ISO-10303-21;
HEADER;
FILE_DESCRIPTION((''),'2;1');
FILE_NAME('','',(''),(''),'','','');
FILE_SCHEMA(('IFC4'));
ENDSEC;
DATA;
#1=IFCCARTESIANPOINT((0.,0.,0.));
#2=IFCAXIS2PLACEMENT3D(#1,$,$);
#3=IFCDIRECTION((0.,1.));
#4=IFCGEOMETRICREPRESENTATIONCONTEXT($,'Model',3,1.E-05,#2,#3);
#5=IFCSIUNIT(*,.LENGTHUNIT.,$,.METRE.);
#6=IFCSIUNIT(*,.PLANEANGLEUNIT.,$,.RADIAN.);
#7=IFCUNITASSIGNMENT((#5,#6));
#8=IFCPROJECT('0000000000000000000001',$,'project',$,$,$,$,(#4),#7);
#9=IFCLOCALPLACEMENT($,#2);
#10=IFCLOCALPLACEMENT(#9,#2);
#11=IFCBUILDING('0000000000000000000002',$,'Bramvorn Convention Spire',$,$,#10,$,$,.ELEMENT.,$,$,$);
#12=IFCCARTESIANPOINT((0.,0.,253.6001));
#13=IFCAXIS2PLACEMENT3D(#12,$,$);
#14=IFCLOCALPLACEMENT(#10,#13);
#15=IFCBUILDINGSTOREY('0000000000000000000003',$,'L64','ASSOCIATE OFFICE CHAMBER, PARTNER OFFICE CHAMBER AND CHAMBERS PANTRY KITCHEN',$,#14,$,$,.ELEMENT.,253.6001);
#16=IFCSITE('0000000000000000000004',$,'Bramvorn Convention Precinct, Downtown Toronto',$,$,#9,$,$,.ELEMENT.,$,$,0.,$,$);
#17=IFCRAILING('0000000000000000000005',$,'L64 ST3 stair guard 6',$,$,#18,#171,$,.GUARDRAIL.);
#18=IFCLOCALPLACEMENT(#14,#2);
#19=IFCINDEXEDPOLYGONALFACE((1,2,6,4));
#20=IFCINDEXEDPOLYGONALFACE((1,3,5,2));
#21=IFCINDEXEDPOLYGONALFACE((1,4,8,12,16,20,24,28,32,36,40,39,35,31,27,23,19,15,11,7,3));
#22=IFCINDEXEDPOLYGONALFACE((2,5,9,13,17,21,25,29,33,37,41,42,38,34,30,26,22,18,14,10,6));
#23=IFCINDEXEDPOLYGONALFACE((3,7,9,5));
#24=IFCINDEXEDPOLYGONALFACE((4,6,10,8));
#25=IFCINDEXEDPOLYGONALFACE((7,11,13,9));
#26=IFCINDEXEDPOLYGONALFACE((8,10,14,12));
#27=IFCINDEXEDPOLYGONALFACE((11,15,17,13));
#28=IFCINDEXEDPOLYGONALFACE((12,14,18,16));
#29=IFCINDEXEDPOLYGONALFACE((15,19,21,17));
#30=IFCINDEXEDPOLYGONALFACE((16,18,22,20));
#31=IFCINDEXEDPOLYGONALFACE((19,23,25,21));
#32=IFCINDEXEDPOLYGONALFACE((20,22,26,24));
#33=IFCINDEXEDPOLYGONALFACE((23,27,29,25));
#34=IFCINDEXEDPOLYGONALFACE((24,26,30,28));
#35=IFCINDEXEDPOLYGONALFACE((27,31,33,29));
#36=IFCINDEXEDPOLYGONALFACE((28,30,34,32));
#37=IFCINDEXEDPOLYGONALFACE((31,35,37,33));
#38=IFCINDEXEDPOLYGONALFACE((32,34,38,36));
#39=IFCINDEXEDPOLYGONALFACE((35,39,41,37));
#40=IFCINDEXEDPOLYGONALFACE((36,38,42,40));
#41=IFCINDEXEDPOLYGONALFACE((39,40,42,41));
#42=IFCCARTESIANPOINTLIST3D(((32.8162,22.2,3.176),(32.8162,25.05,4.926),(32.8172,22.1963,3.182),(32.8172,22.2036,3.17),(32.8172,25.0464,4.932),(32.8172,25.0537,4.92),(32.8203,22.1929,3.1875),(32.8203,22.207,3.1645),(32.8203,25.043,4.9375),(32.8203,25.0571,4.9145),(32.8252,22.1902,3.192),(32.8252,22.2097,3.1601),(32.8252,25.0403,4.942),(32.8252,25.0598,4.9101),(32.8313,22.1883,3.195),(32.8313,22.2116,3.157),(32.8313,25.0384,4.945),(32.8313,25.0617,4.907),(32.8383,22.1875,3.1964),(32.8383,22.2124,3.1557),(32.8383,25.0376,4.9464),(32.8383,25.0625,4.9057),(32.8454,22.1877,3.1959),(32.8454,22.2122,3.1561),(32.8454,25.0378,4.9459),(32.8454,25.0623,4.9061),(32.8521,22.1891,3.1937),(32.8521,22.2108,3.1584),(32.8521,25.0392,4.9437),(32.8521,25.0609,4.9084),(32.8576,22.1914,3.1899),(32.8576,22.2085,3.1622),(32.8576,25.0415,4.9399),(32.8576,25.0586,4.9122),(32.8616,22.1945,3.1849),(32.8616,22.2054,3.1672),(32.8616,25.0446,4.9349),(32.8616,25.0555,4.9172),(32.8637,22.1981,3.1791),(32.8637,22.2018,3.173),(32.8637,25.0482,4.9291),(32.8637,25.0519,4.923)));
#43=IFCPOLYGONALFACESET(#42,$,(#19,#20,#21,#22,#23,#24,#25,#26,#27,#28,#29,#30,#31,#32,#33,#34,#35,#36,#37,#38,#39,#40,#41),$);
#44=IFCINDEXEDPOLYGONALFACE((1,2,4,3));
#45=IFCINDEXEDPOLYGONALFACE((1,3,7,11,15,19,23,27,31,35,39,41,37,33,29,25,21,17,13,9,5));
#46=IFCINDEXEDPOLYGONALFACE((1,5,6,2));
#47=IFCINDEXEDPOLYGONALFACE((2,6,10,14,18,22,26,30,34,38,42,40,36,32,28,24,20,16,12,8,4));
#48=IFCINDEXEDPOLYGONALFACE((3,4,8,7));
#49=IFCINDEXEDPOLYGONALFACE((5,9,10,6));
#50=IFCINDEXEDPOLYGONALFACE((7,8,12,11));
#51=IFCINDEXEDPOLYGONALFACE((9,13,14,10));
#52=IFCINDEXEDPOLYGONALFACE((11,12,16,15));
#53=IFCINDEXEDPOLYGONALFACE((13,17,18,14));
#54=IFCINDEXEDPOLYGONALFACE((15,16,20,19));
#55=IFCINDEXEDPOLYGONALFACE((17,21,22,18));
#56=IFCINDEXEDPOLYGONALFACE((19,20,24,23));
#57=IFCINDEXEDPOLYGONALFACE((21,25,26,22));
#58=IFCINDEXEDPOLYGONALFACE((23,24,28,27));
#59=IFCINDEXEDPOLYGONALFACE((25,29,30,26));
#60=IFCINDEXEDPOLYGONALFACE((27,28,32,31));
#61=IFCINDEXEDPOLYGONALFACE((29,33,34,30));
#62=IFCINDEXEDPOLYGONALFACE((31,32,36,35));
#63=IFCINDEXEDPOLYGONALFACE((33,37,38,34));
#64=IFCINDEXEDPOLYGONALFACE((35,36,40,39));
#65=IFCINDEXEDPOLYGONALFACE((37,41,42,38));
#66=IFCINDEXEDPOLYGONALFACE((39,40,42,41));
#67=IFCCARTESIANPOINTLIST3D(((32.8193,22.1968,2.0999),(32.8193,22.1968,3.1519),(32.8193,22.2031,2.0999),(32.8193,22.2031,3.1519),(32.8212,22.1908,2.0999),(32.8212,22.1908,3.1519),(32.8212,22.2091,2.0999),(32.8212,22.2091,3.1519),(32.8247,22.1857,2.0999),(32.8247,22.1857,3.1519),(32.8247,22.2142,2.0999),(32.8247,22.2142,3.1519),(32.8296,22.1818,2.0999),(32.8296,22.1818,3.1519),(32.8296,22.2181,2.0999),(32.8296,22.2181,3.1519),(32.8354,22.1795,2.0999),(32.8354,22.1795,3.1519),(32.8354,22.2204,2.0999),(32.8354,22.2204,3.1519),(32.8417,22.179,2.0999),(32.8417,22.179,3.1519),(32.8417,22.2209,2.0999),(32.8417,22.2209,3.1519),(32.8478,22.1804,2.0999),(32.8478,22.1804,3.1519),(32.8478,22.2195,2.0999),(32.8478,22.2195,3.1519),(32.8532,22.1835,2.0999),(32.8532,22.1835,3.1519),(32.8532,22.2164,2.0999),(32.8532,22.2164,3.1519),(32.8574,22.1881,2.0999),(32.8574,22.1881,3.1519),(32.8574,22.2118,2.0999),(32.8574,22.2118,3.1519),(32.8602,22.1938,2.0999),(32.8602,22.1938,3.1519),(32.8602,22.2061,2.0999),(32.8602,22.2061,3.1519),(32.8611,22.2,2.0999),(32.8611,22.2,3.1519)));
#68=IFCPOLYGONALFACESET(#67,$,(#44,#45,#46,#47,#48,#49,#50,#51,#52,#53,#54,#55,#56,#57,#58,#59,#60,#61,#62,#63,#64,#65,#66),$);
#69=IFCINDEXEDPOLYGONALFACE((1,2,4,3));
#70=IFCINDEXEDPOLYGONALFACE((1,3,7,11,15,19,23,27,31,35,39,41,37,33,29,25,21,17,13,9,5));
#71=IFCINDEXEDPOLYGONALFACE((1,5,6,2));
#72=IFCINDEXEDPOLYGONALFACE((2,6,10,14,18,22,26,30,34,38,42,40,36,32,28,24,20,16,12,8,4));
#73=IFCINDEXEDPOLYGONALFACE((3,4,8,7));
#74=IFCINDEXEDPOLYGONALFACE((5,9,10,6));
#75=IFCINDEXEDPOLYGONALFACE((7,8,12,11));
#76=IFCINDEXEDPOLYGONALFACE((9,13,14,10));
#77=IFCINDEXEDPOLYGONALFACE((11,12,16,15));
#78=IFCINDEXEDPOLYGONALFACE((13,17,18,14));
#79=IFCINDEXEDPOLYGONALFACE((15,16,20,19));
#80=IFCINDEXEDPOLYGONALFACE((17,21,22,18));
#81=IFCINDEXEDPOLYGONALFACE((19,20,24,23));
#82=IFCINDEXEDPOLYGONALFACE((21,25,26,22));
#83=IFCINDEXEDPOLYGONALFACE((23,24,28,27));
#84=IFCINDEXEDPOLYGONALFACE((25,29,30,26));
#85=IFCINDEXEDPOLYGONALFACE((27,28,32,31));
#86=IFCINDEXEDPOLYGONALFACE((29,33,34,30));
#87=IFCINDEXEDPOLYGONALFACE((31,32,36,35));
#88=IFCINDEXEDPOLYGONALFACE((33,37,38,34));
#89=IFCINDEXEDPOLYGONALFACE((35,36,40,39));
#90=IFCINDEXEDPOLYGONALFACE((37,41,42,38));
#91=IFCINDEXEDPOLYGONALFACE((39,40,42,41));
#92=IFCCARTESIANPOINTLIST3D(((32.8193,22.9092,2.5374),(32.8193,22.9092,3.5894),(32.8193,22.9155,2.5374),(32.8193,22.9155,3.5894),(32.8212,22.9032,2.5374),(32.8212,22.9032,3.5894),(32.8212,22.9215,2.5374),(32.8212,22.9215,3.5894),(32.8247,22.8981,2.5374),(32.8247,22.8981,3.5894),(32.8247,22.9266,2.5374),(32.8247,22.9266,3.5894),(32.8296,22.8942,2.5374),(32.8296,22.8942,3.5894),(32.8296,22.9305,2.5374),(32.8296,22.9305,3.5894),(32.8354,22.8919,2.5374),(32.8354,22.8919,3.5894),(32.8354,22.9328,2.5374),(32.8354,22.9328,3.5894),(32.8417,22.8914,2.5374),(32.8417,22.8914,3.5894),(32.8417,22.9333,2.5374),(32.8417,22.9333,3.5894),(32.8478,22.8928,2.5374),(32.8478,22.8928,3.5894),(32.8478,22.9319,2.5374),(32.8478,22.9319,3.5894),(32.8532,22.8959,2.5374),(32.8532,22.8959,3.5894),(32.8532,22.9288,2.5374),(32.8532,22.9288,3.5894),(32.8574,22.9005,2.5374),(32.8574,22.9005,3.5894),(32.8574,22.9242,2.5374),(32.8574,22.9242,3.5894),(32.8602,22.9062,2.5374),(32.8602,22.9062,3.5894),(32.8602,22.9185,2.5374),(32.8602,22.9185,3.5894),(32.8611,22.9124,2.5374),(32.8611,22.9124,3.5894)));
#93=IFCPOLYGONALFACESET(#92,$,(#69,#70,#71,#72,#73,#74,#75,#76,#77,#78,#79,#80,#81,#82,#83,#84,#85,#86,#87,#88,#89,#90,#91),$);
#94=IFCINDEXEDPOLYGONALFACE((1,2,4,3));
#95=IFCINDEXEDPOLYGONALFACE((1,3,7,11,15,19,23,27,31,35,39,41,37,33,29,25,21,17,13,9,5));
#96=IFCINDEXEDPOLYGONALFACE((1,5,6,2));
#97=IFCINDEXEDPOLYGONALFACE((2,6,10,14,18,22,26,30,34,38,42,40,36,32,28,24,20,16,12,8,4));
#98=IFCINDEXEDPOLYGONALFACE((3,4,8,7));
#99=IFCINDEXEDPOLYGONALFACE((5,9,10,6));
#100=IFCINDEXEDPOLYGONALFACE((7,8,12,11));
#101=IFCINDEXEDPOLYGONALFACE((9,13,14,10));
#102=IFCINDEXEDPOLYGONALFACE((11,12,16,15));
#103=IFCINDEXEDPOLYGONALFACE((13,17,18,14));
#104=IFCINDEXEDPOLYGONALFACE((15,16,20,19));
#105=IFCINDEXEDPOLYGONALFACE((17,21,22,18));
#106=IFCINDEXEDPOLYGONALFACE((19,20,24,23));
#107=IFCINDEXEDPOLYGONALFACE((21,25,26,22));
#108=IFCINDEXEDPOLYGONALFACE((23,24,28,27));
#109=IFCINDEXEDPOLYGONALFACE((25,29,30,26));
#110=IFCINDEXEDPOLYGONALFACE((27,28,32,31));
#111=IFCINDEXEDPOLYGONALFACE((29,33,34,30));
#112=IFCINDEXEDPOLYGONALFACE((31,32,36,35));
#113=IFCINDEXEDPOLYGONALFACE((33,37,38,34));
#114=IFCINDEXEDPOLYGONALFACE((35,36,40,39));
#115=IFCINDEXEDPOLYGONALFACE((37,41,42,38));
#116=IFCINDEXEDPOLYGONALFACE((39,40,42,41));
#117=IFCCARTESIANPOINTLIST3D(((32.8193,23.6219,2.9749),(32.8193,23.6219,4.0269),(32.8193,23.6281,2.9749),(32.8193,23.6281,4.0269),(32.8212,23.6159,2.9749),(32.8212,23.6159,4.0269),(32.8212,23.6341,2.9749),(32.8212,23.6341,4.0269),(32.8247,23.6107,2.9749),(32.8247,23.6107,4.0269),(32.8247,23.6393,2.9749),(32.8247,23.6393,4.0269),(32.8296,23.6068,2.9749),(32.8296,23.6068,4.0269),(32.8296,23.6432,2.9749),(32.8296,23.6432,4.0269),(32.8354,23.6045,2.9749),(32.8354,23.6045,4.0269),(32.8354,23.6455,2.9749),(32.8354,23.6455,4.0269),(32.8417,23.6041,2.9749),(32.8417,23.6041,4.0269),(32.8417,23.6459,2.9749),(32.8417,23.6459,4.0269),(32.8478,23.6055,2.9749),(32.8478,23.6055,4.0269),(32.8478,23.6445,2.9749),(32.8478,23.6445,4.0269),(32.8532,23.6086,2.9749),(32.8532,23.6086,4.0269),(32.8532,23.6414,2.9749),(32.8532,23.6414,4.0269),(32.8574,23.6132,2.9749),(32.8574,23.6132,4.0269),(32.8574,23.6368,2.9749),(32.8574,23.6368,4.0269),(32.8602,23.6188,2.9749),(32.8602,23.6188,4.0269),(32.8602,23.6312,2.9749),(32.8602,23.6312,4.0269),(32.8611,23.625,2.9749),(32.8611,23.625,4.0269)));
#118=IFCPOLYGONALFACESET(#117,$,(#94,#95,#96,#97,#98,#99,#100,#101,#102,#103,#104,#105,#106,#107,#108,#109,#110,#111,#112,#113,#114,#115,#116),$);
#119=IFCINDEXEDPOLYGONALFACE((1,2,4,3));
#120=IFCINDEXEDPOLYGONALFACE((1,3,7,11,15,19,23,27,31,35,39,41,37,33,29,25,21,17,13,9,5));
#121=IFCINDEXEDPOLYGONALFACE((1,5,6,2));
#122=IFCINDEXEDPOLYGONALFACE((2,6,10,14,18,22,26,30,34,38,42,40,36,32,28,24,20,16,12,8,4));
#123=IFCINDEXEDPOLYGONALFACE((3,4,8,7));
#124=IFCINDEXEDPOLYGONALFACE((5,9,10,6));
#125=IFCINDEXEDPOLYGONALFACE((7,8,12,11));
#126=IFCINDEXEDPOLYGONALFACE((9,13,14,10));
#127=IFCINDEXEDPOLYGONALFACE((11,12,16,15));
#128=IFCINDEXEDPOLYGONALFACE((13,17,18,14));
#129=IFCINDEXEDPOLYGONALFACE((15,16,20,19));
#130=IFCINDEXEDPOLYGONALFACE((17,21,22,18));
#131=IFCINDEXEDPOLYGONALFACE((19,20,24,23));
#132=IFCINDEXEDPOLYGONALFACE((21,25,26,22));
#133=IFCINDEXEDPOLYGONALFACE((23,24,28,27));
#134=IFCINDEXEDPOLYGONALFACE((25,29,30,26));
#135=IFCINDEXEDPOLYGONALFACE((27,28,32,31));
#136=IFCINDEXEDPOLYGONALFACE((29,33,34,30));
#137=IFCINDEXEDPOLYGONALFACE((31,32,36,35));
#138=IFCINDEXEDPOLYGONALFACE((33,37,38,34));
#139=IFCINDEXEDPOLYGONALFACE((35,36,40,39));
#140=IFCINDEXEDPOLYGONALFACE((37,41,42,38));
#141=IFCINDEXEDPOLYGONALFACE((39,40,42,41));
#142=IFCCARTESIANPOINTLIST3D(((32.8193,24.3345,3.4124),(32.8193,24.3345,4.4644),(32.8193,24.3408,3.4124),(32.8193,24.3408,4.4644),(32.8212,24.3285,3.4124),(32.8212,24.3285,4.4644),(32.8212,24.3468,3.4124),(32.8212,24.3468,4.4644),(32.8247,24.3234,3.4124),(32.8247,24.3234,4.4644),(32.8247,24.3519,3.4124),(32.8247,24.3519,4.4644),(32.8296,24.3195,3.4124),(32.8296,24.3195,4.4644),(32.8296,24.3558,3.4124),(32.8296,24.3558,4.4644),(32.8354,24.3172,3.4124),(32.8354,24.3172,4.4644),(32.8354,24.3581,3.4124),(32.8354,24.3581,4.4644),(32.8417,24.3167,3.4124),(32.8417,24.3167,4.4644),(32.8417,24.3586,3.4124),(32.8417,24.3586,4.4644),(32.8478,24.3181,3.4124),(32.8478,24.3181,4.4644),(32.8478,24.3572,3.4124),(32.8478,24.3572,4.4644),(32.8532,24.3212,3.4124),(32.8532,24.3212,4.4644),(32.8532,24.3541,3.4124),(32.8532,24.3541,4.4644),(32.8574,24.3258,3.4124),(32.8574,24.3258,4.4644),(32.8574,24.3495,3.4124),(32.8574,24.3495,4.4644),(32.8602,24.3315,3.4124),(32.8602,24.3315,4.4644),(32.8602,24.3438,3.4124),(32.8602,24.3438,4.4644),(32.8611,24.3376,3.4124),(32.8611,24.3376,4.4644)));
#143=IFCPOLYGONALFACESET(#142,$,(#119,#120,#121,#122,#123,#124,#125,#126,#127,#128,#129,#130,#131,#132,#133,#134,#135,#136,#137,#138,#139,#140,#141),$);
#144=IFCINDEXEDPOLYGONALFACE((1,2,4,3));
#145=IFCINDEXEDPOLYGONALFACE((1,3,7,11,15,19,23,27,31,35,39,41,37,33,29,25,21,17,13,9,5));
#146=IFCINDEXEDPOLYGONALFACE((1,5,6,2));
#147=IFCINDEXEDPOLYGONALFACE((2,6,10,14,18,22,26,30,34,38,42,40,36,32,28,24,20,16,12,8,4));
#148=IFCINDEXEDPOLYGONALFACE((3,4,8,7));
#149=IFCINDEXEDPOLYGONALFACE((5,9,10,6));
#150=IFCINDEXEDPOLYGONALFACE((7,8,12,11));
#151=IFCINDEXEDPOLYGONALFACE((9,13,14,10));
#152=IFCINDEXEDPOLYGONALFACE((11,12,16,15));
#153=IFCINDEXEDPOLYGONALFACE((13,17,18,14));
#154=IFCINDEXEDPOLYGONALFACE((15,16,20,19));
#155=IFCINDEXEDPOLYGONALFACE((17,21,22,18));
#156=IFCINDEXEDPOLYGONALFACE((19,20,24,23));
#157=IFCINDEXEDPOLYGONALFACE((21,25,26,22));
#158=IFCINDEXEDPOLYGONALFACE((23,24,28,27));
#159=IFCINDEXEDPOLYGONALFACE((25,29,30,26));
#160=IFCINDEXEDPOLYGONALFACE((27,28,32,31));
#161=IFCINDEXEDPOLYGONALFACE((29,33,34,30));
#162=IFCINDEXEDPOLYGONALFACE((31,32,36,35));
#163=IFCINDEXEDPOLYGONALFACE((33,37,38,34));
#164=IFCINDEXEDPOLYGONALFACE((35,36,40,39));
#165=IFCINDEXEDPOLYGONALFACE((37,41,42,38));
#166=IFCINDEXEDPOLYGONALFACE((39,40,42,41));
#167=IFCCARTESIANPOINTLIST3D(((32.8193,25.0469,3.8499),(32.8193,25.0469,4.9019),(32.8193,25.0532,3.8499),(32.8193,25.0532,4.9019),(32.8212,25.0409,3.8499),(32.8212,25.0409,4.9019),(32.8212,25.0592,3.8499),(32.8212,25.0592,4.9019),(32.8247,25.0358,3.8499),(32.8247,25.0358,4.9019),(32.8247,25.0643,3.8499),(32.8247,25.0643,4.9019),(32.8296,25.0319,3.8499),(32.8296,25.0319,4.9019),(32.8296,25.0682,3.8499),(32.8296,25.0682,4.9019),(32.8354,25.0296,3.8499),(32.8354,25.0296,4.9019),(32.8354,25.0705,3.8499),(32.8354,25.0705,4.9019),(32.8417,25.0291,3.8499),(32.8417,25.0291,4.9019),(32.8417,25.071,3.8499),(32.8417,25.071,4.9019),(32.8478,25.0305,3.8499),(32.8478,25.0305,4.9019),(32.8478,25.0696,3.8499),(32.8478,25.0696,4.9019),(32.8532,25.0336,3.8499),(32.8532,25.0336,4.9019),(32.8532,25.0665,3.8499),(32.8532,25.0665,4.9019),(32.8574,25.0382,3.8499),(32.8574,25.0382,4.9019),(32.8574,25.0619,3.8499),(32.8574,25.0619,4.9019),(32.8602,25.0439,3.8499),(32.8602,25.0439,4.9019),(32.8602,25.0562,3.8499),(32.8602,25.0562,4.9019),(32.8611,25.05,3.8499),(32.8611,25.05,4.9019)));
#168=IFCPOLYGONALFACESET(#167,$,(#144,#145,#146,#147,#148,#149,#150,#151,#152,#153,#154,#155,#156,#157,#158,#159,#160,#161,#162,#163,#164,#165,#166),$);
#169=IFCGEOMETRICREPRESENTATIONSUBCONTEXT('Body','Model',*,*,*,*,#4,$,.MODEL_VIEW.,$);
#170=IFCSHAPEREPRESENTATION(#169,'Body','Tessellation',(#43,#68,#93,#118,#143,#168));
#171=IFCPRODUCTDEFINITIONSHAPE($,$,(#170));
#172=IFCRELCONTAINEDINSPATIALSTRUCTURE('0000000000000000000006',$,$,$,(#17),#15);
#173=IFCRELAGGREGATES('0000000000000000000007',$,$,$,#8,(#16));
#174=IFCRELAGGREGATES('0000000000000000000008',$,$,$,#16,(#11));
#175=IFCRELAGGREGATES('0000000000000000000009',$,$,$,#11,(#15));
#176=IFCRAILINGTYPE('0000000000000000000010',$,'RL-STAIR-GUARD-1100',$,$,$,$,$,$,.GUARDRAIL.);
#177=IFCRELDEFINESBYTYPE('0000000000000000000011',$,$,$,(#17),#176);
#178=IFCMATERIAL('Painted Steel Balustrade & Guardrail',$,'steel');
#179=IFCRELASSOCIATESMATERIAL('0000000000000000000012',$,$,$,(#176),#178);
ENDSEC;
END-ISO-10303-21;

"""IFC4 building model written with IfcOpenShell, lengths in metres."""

from ifc_helpers import new_model, si_unit, direction, frame, origin, origin_2d, place, context, subcontext, project, spatial, circle, extrude, material, type_object, element, save


model = new_model("IFC4")

# Units and contexts
model_context = context("Model", 3, precision=1e-05, world=origin(), true_north=direction((0.0, 1.0)))
body_context = subcontext(model_context, "Body", "Model", "MODEL_VIEW")
ifc_project = project(units=[si_unit("LENGTHUNIT", "METRE"), si_unit("PLANEANGLEUNIT", "RADIAN")], contexts=[model_context])

# Site, building, storey
site_placement = place(None, origin())
site = spatial("IfcSite", under=ifc_project, at=site_placement, Name="Bramvorn Convention Precinct, Downtown Toronto", CompositionType="ELEMENT", RefElevation=0.0)
building_placement = place(site_placement, origin())
building = spatial("IfcBuilding", under=site, at=building_placement, Name="Bramvorn Convention Spire", CompositionType="ELEMENT")
storey_placement = place(building_placement, frame((0.0, 0.0, 253.6001)))
storey = spatial("IfcBuildingStorey", under=building, at=storey_placement, Name="L64", Description="ASSOCIATE OFFICE CHAMBER, PARTNER OFFICE CHAMBER AND CHAMBERS PANTRY KITCHEN", CompositionType="ELEMENT", Elevation=253.6001)

# Railing
ifc_material_1 = material(Name="Painted Steel Balustrade & Guardrail", Category="steel")
railing_type_1 = type_object("IfcRailingType", Name="RL-STAIR-GUARD-1100", PredefinedType="GUARDRAIL", material=ifc_material_1)
railing_1_placement = place(storey_placement, frame((32.8401, 22.2, 2.0999)))
element("IfcRailing", 1, at=railing_1_placement, inside=storey, type_object=railing_type_1, Name="L64 ST3 stair guard 6", PredefinedType="GUARDRAIL", context=body_context, shape_type="SweptSolid", body=[
    extrude(circle(Radius=0.0239, at=origin_2d()), frame((0.0, 0.0, 1.0762), z_axis=(0.0, 0.852179, 0.52325), x_axis=(-1.0, 0.0, 0.0)), (0.0, 0.0, 1.0), 3.3445),
    extrude(circle(Radius=0.021, at=origin_2d()), origin(), (0.0, 0.0, 1.0), 1.052),
    extrude(circle(Radius=0.021, at=origin_2d()), frame((0.0, 0.7124, 0.4375)), (0.0, 0.0, 1.0), 1.052),
    extrude(circle(Radius=0.021, at=origin_2d()), frame((0.0, 1.425, 0.875)), (0.0, 0.0, 1.0), 1.052),
    extrude(circle(Radius=0.021, at=origin_2d()), frame((0.0, 2.1377, 1.3125)), (0.0, 0.0, 1.0), 1.052),
    extrude(circle(Radius=0.021, at=origin_2d()), frame((0.0, 2.8501, 1.75)), (0.0, 0.0, 1.0), 1.052),
])

save(model, "model.ifc")
